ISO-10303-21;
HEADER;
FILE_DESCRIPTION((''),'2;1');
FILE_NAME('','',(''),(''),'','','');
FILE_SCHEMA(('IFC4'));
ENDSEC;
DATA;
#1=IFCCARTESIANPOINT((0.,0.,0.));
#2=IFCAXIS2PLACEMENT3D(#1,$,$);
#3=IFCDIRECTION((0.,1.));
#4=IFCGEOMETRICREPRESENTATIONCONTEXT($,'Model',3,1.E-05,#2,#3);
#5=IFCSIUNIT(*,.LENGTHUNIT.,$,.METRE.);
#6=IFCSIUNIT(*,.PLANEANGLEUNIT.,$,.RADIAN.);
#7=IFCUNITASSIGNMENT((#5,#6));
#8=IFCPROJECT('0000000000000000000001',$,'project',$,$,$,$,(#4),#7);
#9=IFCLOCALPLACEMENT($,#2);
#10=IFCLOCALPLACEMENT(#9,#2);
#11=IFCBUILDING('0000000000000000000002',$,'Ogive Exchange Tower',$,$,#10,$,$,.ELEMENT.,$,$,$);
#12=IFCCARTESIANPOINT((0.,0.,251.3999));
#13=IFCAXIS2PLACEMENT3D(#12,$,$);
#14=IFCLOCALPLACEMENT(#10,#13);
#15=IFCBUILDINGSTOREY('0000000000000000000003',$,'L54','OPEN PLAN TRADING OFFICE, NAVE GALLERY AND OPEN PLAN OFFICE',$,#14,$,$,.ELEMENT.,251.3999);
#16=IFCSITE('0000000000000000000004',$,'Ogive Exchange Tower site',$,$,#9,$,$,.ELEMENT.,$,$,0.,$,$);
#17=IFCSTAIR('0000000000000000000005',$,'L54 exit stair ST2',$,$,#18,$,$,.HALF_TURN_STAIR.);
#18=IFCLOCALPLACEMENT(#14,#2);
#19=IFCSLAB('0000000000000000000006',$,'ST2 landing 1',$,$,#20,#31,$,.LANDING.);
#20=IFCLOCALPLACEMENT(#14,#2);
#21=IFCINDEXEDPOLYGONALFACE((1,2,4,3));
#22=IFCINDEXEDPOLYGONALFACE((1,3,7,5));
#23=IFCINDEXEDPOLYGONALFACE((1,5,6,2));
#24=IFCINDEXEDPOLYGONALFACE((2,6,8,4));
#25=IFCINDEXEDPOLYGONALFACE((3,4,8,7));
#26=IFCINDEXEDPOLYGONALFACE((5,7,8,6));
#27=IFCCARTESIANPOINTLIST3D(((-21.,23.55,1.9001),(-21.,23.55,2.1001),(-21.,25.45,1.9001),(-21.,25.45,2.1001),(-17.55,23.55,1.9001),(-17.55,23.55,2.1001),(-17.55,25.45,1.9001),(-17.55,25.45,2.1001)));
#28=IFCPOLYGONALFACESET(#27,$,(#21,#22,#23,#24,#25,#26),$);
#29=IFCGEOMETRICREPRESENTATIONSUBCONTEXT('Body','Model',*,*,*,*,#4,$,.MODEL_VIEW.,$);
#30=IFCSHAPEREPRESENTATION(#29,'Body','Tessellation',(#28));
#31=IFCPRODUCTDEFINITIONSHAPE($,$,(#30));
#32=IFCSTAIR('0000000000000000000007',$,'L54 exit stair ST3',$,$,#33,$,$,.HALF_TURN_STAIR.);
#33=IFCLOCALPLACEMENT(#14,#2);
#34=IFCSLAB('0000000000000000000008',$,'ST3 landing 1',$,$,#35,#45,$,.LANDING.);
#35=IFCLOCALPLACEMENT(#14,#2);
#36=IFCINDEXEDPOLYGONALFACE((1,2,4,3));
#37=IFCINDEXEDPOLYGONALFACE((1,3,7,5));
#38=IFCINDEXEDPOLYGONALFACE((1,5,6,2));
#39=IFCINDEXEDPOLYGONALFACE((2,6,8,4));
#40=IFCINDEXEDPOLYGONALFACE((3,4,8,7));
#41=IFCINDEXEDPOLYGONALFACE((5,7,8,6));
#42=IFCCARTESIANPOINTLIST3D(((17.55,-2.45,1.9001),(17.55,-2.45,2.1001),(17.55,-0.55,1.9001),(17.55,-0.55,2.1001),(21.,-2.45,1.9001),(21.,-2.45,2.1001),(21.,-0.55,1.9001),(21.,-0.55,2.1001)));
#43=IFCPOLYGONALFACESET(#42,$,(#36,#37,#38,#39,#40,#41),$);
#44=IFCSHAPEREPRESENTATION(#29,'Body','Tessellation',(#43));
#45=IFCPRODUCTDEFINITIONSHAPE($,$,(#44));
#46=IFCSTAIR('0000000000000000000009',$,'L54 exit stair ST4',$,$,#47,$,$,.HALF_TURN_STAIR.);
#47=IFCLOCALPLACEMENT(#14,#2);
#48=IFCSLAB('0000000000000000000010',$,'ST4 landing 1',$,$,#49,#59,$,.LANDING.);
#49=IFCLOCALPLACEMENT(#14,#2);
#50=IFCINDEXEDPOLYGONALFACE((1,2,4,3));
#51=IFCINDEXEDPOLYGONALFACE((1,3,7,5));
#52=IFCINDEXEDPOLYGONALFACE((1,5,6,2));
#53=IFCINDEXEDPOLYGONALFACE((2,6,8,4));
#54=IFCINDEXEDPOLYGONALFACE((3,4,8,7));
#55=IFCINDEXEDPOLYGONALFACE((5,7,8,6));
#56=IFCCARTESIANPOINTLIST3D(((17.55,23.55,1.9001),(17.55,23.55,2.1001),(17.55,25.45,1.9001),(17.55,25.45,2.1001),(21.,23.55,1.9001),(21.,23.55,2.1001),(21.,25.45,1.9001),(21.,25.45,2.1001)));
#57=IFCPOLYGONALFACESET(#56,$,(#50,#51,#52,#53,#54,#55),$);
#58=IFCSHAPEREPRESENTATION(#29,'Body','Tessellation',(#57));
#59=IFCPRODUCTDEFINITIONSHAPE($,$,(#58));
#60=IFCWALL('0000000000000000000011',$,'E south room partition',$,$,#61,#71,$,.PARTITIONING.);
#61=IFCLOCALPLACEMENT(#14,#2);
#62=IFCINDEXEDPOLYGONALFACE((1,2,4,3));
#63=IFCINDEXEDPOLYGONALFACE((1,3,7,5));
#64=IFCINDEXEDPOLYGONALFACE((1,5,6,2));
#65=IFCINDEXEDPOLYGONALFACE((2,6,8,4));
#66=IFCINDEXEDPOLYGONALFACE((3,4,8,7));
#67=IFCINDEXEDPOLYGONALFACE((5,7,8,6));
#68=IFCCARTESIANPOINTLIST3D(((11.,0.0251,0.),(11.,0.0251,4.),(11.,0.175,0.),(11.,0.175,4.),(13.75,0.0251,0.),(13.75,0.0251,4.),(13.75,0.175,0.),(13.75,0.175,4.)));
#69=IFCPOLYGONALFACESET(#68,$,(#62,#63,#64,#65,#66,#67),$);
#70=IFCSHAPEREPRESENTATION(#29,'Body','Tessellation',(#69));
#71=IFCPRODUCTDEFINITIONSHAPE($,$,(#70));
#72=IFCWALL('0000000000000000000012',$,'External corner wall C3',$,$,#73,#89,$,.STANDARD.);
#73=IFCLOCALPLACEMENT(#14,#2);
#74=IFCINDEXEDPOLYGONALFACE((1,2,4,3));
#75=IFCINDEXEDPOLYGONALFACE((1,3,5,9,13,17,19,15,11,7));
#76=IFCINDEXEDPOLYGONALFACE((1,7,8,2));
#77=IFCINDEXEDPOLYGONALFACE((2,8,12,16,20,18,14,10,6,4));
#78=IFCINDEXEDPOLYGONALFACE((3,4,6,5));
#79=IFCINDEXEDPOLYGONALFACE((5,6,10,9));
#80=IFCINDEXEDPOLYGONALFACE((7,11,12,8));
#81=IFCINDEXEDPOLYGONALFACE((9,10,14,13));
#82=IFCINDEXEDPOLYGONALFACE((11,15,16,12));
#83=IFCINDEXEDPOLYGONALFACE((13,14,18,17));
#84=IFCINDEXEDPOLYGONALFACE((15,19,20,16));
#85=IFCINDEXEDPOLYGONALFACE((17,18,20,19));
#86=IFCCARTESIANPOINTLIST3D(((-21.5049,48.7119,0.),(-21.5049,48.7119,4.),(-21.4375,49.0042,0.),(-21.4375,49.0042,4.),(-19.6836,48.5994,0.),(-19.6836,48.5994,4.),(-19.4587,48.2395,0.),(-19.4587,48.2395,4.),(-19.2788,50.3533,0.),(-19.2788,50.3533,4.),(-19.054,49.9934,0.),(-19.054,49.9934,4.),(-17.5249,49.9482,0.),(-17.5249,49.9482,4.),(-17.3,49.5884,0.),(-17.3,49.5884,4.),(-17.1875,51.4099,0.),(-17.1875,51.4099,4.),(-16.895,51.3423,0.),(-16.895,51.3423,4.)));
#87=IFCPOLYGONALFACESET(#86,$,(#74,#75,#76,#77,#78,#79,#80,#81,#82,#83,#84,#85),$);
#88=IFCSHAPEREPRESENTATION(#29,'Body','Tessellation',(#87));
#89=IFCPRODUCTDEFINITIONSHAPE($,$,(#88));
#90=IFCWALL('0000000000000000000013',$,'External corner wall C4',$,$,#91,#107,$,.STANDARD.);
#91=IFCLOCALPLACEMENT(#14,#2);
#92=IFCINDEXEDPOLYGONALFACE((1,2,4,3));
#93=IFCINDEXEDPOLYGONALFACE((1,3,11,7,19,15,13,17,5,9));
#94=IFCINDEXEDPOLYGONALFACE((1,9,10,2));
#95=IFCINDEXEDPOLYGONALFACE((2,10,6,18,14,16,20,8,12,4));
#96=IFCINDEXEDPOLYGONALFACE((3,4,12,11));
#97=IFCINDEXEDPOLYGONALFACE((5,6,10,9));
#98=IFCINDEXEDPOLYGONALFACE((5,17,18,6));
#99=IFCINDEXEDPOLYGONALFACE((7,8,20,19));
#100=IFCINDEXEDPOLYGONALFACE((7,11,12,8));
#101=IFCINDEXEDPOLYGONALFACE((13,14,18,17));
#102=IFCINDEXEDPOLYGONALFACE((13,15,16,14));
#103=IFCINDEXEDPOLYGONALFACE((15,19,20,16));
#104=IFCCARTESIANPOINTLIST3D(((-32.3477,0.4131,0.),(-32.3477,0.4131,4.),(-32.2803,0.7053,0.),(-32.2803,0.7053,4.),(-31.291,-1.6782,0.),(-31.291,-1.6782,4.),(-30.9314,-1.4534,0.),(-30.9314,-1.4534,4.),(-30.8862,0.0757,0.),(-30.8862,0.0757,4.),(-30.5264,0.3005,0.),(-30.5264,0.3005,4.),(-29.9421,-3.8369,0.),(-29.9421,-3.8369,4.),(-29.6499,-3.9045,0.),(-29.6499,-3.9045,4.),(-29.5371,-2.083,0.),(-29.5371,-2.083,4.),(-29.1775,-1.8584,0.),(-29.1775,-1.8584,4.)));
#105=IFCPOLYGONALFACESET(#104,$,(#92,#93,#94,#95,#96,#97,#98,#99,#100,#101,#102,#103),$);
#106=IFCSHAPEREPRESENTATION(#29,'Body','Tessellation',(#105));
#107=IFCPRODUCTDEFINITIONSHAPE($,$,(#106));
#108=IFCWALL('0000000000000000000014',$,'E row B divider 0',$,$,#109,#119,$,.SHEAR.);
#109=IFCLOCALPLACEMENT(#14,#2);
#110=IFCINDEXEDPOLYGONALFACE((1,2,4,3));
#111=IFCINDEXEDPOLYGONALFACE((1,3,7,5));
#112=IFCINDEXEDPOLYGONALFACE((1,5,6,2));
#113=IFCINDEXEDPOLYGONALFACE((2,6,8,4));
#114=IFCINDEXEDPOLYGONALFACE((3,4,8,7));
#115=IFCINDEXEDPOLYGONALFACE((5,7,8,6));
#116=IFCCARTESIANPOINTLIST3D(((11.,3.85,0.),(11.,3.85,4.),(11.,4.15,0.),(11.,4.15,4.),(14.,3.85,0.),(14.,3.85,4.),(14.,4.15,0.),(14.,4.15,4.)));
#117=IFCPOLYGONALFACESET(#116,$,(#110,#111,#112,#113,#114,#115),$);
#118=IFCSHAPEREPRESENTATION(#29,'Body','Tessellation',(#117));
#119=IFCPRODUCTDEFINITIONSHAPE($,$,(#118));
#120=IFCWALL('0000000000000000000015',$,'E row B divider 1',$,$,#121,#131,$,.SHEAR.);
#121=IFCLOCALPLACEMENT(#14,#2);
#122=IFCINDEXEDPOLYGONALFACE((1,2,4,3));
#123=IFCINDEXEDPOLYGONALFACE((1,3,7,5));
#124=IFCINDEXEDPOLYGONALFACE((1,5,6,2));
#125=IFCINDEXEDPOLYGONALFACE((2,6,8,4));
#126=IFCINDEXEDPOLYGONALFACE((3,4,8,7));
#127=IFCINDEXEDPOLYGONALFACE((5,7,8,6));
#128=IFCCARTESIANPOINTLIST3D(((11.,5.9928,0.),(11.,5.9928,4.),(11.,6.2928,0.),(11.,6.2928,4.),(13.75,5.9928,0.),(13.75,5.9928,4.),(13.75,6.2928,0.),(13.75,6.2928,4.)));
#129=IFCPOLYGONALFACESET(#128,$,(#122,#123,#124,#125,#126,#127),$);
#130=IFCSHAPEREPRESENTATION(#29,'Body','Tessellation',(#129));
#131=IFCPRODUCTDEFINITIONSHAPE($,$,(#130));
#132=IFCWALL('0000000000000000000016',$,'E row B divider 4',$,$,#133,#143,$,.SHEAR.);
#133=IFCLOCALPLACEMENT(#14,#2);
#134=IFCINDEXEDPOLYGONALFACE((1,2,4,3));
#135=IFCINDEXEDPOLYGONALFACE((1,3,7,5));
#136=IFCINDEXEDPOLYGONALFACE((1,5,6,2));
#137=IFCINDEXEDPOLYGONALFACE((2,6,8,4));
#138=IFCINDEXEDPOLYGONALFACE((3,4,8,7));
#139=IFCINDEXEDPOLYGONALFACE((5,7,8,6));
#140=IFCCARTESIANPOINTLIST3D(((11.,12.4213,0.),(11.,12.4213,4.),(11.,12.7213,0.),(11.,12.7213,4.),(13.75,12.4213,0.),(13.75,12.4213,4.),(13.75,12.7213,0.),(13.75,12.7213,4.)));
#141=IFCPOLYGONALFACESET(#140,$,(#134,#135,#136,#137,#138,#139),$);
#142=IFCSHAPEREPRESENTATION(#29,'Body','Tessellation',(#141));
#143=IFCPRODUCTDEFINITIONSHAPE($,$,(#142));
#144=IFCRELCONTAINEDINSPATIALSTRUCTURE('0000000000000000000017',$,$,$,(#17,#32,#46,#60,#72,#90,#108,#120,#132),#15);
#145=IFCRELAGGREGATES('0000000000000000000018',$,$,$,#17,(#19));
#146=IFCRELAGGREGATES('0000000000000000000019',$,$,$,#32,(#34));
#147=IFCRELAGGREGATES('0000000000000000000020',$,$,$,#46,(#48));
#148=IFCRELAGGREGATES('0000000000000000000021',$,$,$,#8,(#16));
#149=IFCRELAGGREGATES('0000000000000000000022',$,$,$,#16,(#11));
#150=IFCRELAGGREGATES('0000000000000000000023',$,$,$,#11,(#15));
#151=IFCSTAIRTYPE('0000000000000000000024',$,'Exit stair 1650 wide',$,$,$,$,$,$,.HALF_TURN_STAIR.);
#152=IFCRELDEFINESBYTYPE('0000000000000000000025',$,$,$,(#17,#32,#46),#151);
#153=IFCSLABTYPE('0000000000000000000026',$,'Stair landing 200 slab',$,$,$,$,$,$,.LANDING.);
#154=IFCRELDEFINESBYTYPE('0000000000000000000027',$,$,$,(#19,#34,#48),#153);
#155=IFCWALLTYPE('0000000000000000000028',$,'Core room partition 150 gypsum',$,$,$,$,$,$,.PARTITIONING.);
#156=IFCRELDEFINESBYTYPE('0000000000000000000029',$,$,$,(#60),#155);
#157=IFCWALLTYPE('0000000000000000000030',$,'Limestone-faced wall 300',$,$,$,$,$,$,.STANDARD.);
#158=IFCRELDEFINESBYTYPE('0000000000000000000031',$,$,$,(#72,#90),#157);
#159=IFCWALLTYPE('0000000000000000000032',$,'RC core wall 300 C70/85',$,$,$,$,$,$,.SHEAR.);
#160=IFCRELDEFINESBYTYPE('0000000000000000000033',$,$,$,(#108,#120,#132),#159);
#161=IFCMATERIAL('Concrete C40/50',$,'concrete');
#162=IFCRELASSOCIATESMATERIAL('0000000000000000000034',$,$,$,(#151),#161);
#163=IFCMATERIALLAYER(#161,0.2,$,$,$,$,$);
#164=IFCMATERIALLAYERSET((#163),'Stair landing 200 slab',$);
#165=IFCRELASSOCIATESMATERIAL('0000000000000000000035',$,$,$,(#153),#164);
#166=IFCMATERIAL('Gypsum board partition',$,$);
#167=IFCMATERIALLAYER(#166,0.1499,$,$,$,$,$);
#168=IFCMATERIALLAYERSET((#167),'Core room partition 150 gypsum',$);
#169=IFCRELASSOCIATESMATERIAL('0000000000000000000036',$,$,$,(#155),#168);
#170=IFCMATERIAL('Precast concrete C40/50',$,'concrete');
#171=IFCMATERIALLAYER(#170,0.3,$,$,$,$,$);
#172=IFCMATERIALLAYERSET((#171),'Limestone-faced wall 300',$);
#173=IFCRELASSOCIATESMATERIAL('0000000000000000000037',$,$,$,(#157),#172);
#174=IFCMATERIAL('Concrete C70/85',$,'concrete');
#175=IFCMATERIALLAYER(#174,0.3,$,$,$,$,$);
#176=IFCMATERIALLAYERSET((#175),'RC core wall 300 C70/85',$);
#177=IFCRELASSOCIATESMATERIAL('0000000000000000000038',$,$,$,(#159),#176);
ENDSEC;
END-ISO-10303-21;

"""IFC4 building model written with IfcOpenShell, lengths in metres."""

from ifc_helpers import new_model, si_unit, direction, frame, frame_2d, origin, place, context, subcontext, project, spatial, polyline, rectangle, outline, extrude, material, layer, layer_set, type_object, element, aggregate, save


model = new_model("IFC4")

# Units and contexts
model_context = context("Model", 3, precision=1e-05, world=origin(), true_north=direction((0.0, 1.0)))
body_context = subcontext(model_context, "Body", "Model", "MODEL_VIEW")
ifc_project = project(units=[si_unit("LENGTHUNIT", "METRE"), si_unit("PLANEANGLEUNIT", "RADIAN")], contexts=[model_context])

# Site, building, storey
site_placement = place(None, origin())
site = spatial("IfcSite", under=ifc_project, at=site_placement, Name="Ogive Exchange Tower site", CompositionType="ELEMENT", RefElevation=0.0)
building_placement = place(site_placement, origin())
building = spatial("IfcBuilding", under=site, at=building_placement, Name="Ogive Exchange Tower", CompositionType="ELEMENT")
storey_placement = place(building_placement, frame((0.0, 0.0, 251.3999)))
storey = spatial("IfcBuildingStorey", under=building, at=storey_placement, Name="L54", Description="OPEN PLAN TRADING OFFICE, NAVE GALLERY AND OPEN PLAN OFFICE", CompositionType="ELEMENT", Elevation=251.3999)

# Shared definitions
ifc_material_1 = material(Name="Concrete C70/85", Category="concrete")

# Stairs, slabs
ifc_material_2 = material(Name="Concrete C40/50", Category="concrete")
stair_type = type_object("IfcStairType", Name="Exit stair 1650 wide", PredefinedType="HALF_TURN_STAIR", material=ifc_material_2)
ifc_layer_1 = layer(ifc_material_2, 0.2)
ifc_layer_set_1 = layer_set([ifc_layer_1], Name="Stair landing 200 slab")
slab_type_1 = type_object("IfcSlabType", Name="Stair landing 200 slab", PredefinedType="LANDING", material=ifc_layer_set_1)
stair_1_placement = place(storey_placement, origin())
stair_1 = element("IfcStair", 1, at=stair_1_placement, inside=storey, type_object=stair_type, Name="L54 exit stair ST2", PredefinedType="HALF_TURN_STAIR")
slab_1_placement = place(storey_placement, frame((0.0, 0.0, 1.9001)))
slab_1 = element("IfcSlab", 2, at=slab_1_placement, type_object=slab_type_1, Name="ST2 landing 1", PredefinedType="LANDING", context=body_context, shape_type="SweptSolid", body=[
    extrude(outline(polyline([(-17.55, 23.55), (-17.55, 25.45), (-21.0, 25.45), (-21.0, 23.55), (-17.55, 23.55)])), origin(), (0.0, 0.0, 1.0), 0.2),
])
aggregate(stair_1, [slab_1])
stair_2_placement = place(storey_placement, origin())
stair_2 = element("IfcStair", 3, at=stair_2_placement, inside=storey, type_object=stair_type, Name="L54 exit stair ST3", PredefinedType="HALF_TURN_STAIR")
slab_2_placement = place(storey_placement, frame((0.0, 0.0, 1.9001)))
slab_2 = element("IfcSlab", 4, at=slab_2_placement, type_object=slab_type_1, Name="ST3 landing 1", PredefinedType="LANDING", context=body_context, shape_type="SweptSolid", body=[
    extrude(outline(polyline([(17.55, -0.55), (17.55, -2.45), (21.0, -2.45), (21.0, -0.55), (17.55, -0.55)])), origin(), (0.0, 0.0, 1.0), 0.2),
])
aggregate(stair_2, [slab_2])
stair_3_placement = place(storey_placement, origin())
stair_3 = element("IfcStair", 5, at=stair_3_placement, inside=storey, type_object=stair_type, Name="L54 exit stair ST4", PredefinedType="HALF_TURN_STAIR")
slab_3_placement = place(storey_placement, frame((0.0, 0.0, 1.9001)))
slab_3 = element("IfcSlab", 6, at=slab_3_placement, type_object=slab_type_1, Name="ST4 landing 1", PredefinedType="LANDING", context=body_context, shape_type="SweptSolid", body=[
    extrude(outline(polyline([(21.0, 23.55), (21.0, 25.45), (17.55, 25.45), (17.55, 23.55), (21.0, 23.55)])), origin(), (0.0, 0.0, 1.0), 0.2),
])
aggregate(stair_3, [slab_3])

# Walls
ifc_material_3 = material(Name="Gypsum board partition")
ifc_layer_2 = layer(ifc_material_3, 0.1499)
ifc_layer_set_2 = layer_set([ifc_layer_2], Name="Core room partition 150 gypsum")
wall_type_1 = type_object("IfcWallType", Name="Core room partition 150 gypsum", PredefinedType="PARTITIONING", material=ifc_layer_set_2)
wall_1_placement = place(storey_placement, frame((11.0, 0.1001, 0.0), z_axis=(0.0, 0.0, 1.0), x_axis=(1.0, 0.0, 0.0)))
element("IfcWall", 7, at=wall_1_placement, inside=storey, type_object=wall_type_1, Name="E south room partition", PredefinedType="PARTITIONING", context=body_context, shape_type="SweptSolid", body=[
    extrude(rectangle(XDim=2.75, YDim=0.1499, at=frame_2d((1.375, 0.0))), origin(), (0.0, 0.0, 1.0), 4.0),
])
ifc_material_4 = material(Name="Precast concrete C40/50", Category="concrete")
ifc_layer_3 = layer(ifc_material_4, 0.3)
ifc_layer_set_3 = layer_set([ifc_layer_3], Name="Limestone-faced wall 300")
wall_type_2 = type_object("IfcWallType", Name="Limestone-faced wall 300", PredefinedType="STANDARD", material=ifc_layer_set_3)
wall_2_placement = place(storey_placement, origin())
element("IfcWall", 8, at=wall_2_placement, inside=storey, type_object=wall_type_2, Name="External corner wall C3", PredefinedType="STANDARD", context=body_context, shape_type="SweptSolid", body=[
    extrude(outline(polyline([(-21.5049, 48.7119), (-21.4375, 49.0042), (-19.6836, 48.5994), (-19.2788, 50.3533), (-17.5249, 49.9482), (-17.1875, 51.4099), (-16.895, 51.3423), (-17.3, 49.5884), (-19.054, 49.9934), (-19.4587, 48.2395), (-21.5049, 48.7119)])), origin(), (0.0, 0.0, 1.0), 4.0),
])
wall_3_placement = place(storey_placement, origin())
element("IfcWall", 9, at=wall_3_placement, inside=storey, type_object=wall_type_2, Name="External corner wall C4", PredefinedType="STANDARD", context=body_context, shape_type="SweptSolid", body=[
    extrude(outline(polyline([(-31.291, -1.6782), (-30.8862, 0.0757), (-32.3477, 0.4131), (-32.2803, 0.7053), (-30.5264, 0.3005), (-30.9314, -1.4534), (-29.1775, -1.8584), (-29.6499, -3.9045), (-29.9421, -3.8369), (-29.5371, -2.083), (-31.291, -1.6782)])), origin(), (0.0, 0.0, 1.0), 4.0),
])
ifc_layer_4 = layer(ifc_material_1, 0.3)
ifc_layer_set_4 = layer_set([ifc_layer_4], Name="RC core wall 300 C70/85")
wall_type_3 = type_object("IfcWallType", Name="RC core wall 300 C70/85", PredefinedType="SHEAR", material=ifc_layer_set_4)
wall_4_placement = place(storey_placement, frame((11.0, 4.0, 0.0), z_axis=(0.0, 0.0, 1.0), x_axis=(1.0, 0.0, 0.0)))
element("IfcWall", 10, at=wall_4_placement, inside=storey, type_object=wall_type_3, Name="E row B divider 0", PredefinedType="SHEAR", context=body_context, shape_type="SweptSolid", body=[
    extrude(rectangle(XDim=3.0, YDim=0.3, at=frame_2d((1.5, 0.0))), origin(), (0.0, 0.0, 1.0), 4.0),
])
for number, where, z_axis, x_axis, name in (
    (11, (11.0, 6.1428, 0.0), (0.0, 0.0, 1.0), (1.0, 0.0, 0.0), "E row B divider 1"),
    (12, (11.0, 12.5713, 0.0), (0.0, 0.0, 1.0), (1.0, 0.0, 0.0), "E row B divider 4"),
):
    element("IfcWall", number, at=place(storey_placement, frame(where, z_axis=z_axis, x_axis=x_axis)), inside=storey, type_object=wall_type_3, Name=name, PredefinedType="SHEAR", context=body_context, shape_type="SweptSolid", body=[
        extrude(rectangle(XDim=2.75, YDim=0.3, at=frame_2d((1.375, 0.0))), origin(), (0.0, 0.0, 1.0), 4.0),
    ])

save(model, "model.ifc")
